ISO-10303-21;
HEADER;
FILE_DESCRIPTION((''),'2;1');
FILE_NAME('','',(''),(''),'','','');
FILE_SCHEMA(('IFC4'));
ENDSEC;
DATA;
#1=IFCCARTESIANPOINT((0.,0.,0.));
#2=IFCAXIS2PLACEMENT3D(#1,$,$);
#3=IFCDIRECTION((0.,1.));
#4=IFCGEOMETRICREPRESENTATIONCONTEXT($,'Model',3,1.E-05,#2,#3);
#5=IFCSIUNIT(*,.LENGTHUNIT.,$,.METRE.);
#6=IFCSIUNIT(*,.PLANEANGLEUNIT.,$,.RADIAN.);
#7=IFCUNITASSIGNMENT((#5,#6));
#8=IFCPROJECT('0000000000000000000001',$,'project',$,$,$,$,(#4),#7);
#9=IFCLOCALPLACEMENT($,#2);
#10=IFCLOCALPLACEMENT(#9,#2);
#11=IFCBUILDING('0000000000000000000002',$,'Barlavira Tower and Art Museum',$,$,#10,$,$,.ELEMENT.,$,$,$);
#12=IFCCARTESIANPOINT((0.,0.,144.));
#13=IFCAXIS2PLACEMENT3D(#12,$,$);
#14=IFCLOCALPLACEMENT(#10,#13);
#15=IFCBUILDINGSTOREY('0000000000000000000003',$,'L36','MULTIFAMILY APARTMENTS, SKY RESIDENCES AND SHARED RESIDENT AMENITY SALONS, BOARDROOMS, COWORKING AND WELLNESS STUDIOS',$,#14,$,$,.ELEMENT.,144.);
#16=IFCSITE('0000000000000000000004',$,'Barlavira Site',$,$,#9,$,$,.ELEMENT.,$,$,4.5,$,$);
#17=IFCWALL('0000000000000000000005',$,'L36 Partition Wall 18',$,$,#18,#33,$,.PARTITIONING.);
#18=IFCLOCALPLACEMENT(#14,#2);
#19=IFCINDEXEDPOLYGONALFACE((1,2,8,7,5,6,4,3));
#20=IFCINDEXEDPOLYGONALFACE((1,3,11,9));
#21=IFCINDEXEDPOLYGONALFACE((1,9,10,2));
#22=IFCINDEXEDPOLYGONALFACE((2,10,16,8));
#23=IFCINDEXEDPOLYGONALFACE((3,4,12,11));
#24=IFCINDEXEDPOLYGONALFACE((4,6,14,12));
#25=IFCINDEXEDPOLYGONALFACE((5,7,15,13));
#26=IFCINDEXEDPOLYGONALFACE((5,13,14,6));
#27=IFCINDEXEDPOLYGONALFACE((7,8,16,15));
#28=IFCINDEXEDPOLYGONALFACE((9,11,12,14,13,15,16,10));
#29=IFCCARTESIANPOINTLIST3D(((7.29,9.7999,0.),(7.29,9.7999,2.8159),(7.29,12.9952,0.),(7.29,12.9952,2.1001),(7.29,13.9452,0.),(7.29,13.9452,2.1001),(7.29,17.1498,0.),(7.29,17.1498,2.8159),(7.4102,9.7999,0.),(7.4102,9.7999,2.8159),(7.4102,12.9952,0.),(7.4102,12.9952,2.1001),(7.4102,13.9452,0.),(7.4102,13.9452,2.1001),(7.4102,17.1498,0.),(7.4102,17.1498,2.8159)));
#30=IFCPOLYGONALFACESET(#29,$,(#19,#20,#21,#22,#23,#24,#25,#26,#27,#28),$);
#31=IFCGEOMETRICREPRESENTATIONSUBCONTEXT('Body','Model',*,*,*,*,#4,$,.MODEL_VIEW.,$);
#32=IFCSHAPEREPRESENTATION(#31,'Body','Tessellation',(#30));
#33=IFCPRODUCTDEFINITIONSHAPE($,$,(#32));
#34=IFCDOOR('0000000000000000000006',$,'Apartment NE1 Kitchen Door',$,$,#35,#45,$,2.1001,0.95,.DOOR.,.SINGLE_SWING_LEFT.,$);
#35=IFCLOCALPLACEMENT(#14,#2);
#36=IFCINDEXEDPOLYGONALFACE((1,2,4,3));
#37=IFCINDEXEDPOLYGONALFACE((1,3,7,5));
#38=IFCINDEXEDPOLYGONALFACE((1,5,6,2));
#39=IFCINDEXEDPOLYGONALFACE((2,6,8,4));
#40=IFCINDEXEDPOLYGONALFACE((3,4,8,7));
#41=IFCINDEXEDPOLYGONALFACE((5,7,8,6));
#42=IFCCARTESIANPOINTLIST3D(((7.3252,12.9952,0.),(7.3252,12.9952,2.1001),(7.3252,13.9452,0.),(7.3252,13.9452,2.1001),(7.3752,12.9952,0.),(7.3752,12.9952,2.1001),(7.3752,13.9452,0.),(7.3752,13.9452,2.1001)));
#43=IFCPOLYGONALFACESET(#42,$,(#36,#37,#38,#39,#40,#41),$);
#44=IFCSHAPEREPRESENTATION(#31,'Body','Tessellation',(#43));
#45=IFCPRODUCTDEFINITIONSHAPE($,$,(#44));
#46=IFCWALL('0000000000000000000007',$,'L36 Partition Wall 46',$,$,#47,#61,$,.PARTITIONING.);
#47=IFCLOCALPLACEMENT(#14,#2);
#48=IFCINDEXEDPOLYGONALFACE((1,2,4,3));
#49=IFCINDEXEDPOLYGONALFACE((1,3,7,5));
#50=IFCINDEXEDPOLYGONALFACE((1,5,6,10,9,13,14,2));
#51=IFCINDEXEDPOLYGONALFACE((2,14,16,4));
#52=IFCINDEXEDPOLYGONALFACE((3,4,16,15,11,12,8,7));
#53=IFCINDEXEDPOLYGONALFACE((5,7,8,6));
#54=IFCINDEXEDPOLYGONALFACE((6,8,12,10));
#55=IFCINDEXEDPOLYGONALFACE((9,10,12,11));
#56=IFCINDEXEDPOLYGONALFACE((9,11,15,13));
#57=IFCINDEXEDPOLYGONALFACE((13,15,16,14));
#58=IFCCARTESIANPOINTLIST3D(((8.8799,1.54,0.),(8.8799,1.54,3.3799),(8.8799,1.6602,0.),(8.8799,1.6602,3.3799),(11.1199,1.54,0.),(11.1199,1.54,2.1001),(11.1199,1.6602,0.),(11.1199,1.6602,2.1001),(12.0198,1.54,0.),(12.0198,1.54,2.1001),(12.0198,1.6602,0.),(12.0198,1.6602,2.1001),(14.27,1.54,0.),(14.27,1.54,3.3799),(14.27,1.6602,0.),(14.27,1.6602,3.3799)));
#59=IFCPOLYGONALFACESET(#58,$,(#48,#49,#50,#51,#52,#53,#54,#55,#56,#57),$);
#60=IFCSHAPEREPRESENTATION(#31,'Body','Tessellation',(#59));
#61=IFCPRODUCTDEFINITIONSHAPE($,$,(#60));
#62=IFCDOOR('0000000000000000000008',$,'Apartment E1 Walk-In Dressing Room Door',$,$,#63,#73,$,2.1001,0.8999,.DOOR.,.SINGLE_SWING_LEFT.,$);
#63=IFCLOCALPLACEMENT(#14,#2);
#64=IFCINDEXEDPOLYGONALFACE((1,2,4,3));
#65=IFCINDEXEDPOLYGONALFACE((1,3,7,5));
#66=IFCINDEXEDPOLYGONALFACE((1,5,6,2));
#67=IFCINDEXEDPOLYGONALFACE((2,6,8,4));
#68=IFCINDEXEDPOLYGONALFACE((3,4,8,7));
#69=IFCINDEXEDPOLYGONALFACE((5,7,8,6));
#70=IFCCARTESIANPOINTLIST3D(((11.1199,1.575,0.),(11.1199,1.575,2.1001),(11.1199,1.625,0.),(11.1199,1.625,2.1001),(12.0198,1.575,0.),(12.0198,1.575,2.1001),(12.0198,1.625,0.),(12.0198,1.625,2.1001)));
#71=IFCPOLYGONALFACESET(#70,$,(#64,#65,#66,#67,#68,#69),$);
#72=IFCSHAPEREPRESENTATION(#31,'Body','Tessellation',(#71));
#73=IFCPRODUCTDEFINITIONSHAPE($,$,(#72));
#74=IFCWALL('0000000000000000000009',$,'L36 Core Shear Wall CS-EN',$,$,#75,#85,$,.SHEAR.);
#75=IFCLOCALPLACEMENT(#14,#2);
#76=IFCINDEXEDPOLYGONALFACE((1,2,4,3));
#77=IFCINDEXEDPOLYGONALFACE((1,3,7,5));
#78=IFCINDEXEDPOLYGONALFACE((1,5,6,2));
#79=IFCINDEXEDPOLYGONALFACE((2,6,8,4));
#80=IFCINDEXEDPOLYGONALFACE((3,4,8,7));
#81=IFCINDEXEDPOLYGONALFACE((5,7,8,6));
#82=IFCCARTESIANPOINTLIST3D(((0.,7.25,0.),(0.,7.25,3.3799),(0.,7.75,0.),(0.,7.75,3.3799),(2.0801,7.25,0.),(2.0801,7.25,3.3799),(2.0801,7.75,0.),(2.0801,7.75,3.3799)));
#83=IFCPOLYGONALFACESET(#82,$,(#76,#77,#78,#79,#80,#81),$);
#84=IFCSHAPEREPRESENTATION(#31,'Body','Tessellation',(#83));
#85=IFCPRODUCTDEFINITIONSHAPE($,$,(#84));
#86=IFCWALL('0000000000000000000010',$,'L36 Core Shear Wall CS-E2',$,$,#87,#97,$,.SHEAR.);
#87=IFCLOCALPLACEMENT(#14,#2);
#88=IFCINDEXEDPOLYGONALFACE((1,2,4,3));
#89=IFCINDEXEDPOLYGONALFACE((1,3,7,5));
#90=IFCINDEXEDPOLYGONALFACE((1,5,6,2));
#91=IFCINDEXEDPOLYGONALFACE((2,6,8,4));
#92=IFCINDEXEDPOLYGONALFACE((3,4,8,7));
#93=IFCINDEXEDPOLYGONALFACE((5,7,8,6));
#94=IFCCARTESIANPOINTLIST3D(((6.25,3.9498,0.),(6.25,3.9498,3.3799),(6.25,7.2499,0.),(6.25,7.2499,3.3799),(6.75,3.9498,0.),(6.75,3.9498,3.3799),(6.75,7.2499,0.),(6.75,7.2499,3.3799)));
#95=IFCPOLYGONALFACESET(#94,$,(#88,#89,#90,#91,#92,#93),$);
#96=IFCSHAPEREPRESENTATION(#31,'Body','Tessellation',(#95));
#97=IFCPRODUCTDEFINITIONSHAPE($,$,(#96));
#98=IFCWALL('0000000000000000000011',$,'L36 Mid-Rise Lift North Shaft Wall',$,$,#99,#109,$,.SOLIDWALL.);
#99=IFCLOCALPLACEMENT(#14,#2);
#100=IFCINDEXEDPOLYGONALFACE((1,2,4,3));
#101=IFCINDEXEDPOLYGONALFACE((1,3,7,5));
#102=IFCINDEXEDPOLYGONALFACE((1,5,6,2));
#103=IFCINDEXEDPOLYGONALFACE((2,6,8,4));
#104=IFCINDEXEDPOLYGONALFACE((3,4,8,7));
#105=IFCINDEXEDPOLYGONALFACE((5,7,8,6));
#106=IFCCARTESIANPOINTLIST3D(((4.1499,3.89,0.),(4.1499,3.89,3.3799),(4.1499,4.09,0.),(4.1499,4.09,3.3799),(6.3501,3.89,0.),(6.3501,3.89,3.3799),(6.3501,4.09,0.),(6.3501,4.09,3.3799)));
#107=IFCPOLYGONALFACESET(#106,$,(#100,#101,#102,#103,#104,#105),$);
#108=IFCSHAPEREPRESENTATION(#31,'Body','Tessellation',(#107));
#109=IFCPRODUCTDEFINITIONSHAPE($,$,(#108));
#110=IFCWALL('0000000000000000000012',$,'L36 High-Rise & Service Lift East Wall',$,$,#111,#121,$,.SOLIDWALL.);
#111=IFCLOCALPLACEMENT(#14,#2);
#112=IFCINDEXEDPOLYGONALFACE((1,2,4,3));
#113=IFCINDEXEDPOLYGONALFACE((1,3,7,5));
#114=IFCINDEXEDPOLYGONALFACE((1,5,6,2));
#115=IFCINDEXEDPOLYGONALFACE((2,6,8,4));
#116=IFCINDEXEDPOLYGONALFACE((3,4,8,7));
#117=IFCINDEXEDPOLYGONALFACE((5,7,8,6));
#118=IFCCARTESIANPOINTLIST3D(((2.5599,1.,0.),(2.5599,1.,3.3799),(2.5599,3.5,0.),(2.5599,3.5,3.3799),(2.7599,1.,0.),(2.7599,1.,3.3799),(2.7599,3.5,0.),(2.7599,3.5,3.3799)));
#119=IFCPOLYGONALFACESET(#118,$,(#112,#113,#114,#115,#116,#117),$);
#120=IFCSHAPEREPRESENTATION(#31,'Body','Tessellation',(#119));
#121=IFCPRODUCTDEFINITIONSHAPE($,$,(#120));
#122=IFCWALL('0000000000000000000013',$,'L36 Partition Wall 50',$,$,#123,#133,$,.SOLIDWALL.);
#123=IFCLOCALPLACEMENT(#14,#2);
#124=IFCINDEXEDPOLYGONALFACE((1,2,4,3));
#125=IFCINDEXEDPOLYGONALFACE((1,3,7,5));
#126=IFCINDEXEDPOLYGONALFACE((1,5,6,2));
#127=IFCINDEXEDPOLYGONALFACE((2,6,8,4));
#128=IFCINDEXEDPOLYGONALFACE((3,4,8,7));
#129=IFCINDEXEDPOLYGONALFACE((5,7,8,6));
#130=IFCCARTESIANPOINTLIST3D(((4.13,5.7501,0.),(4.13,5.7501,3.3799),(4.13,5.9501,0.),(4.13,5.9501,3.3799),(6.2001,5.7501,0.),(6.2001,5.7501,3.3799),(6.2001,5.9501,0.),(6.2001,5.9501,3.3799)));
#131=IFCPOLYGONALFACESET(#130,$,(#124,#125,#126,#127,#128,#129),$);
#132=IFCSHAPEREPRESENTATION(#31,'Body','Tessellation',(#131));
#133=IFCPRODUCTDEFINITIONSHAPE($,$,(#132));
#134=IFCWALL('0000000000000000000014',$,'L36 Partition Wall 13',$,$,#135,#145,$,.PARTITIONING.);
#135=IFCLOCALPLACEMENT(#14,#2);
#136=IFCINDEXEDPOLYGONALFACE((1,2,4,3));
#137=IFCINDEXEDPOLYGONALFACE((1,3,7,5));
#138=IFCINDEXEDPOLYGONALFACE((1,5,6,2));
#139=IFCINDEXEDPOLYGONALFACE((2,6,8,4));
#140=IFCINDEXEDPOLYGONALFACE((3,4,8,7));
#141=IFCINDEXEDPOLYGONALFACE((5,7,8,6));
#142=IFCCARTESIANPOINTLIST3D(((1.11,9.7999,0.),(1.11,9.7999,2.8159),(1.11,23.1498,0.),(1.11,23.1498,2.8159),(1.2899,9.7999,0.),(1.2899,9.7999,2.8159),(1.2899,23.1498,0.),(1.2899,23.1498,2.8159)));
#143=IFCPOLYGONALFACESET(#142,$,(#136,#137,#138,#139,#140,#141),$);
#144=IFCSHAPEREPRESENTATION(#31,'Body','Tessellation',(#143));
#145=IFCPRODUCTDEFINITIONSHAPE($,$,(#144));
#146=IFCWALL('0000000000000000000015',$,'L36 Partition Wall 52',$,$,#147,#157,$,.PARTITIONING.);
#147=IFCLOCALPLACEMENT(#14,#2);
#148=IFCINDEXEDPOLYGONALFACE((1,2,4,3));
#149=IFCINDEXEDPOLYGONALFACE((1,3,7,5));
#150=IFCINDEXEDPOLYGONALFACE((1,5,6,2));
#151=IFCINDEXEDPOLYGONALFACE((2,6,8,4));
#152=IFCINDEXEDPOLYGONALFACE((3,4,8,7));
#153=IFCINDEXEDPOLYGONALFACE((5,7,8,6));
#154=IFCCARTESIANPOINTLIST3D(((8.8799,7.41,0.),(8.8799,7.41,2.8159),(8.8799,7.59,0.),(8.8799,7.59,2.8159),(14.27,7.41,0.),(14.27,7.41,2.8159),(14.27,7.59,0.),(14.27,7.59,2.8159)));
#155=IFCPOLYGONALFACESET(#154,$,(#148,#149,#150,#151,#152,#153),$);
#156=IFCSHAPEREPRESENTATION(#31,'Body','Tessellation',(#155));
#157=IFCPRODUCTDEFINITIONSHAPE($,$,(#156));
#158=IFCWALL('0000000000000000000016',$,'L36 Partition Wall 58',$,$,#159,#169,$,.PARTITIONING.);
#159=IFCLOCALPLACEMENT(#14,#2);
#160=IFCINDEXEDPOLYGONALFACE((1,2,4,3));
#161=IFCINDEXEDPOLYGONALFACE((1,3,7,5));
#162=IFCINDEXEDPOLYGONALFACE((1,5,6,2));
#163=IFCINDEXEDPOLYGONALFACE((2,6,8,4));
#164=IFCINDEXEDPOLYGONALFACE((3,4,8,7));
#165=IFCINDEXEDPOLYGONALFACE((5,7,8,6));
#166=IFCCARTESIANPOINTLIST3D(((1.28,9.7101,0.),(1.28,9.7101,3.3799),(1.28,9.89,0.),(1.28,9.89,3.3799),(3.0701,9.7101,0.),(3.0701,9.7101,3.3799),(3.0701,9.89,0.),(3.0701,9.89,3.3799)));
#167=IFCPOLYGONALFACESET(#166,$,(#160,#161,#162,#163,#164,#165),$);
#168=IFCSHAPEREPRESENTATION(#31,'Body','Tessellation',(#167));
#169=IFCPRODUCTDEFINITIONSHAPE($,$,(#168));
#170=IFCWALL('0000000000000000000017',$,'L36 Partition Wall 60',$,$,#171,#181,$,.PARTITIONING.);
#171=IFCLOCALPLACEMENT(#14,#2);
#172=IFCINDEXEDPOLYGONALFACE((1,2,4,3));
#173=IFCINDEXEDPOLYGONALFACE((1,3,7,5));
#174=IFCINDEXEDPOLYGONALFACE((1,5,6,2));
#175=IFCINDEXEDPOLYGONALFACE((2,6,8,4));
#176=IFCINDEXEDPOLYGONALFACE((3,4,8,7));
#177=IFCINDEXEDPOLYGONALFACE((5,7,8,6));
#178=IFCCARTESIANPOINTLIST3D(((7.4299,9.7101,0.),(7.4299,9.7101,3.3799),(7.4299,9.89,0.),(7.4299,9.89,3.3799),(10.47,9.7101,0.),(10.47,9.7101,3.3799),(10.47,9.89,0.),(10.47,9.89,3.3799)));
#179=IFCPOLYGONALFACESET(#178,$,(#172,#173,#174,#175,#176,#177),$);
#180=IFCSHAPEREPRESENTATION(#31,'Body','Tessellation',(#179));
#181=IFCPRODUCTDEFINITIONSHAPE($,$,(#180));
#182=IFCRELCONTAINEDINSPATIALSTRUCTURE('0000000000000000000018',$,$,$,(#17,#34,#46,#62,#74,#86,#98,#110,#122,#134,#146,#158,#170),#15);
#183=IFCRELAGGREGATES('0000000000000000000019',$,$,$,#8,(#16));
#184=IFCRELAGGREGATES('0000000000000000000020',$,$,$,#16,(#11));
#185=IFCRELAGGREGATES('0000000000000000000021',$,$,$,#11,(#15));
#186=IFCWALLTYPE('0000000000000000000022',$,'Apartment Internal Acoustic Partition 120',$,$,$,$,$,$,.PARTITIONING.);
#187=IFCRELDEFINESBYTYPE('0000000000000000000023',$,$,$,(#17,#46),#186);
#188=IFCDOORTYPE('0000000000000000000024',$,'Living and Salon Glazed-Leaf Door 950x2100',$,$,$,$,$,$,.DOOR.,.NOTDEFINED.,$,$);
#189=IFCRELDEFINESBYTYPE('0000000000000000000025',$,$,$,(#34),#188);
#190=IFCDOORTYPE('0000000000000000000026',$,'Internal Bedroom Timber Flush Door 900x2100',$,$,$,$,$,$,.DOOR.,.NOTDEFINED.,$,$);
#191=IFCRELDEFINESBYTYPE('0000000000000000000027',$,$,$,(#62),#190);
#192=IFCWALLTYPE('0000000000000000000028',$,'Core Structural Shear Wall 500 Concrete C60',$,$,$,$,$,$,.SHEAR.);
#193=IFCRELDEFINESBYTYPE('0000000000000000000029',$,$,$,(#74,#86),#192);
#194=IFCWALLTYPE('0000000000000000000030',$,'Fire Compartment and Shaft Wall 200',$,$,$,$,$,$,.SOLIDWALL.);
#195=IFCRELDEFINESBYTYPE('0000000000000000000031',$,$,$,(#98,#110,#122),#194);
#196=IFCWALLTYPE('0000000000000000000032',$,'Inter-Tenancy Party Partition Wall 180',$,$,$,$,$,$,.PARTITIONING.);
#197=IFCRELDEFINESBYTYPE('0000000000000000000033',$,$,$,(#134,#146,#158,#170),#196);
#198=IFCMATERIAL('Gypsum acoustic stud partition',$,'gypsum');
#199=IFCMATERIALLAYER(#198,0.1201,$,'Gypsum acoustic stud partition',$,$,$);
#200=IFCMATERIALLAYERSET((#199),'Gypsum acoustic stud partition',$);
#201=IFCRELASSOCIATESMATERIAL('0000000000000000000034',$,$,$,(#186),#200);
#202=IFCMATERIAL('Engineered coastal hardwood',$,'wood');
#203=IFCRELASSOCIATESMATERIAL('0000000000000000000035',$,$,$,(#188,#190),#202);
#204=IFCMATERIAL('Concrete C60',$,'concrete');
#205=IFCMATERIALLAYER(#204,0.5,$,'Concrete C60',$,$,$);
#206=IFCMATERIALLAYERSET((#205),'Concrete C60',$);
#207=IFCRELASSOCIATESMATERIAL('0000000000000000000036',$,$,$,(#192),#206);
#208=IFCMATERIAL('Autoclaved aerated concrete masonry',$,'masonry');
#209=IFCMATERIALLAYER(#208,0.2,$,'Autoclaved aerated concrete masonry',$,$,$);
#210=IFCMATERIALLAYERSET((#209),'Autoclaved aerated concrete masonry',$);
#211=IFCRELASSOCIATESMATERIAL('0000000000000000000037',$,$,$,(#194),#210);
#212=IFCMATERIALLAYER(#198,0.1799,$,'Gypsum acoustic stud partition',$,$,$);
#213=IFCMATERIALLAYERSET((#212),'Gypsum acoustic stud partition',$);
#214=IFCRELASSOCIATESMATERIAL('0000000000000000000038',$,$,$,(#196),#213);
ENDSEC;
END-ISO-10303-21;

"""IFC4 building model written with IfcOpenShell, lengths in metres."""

from ifc_helpers import new_model, si_unit, direction, frame, frame_2d, origin, place, context, subcontext, project, spatial, rectangle, extrude, material, layer, layer_set, type_object, element, fill, save


model = new_model("IFC4")

# Units and contexts
model_context = context("Model", 3, precision=1e-05, world=origin(), true_north=direction((0.0, 1.0)))
body_context = subcontext(model_context, "Body", "Model", "MODEL_VIEW")
ifc_project = project(units=[si_unit("LENGTHUNIT", "METRE"), si_unit("PLANEANGLEUNIT", "RADIAN")], contexts=[model_context])

# Site, building, storey
site_placement = place(None, origin())
site = spatial("IfcSite", under=ifc_project, at=site_placement, Name="Barlavira Site", CompositionType="ELEMENT", RefElevation=4.5)
building_placement = place(site_placement, origin())
building = spatial("IfcBuilding", under=site, at=building_placement, Name="Barlavira Tower and Art Museum", CompositionType="ELEMENT")
storey_placement = place(building_placement, frame((0.0, 0.0, 144.0)))
storey = spatial("IfcBuildingStorey", under=building, at=storey_placement, Name="L36", Description="MULTIFAMILY APARTMENTS, SKY RESIDENCES AND SHARED RESIDENT AMENITY SALONS, BOARDROOMS, COWORKING AND WELLNESS STUDIOS", CompositionType="ELEMENT", Elevation=144.0)

# Walls, openings, doors
ifc_material_1 = material(Name="Gypsum acoustic stud partition", Category="gypsum")
ifc_layer_1 = layer(ifc_material_1, 0.1201, Name="Gypsum acoustic stud partition")
ifc_layer_set_1 = layer_set([ifc_layer_1], Name="Gypsum acoustic stud partition")
wall_type_1 = type_object("IfcWallType", Name="Apartment Internal Acoustic Partition 120", PredefinedType="PARTITIONING", material=ifc_layer_set_1)
wall_1_placement = place(storey_placement, frame((7.3501, 9.8, 0.0), z_axis=(0.0, 0.0, 1.0), x_axis=(0.0, 1.0, 0.0)))
wall_1 = element("IfcWall", 1, at=wall_1_placement, inside=storey, type_object=wall_type_1, Name="L36 Partition Wall 18", PredefinedType="PARTITIONING", context=body_context, shape_type="SweptSolid", body=[
    extrude(rectangle(XDim=7.3499, YDim=0.1201, at=frame_2d((3.6748, 0.0))), origin(), (0.0, 0.0, 1.0), 2.8159),
])
opening_1_placement = place(wall_1_placement, frame((3.1951, 0.0, 0.0)))
opening_1 = element("IfcOpeningElement", 2, at=opening_1_placement, cuts=wall_1, PredefinedType="OPENING", context=body_context, shape_type="SweptSolid", body=[
    extrude(rectangle(XDim=0.95, YDim=2.1001, at=frame_2d((0.4751, 1.05))), frame((0.0, 0.0701, 0.0), z_axis=(0.0, -1.0, 0.0), x_axis=(1.0, 0.0, 0.0)), (0.0, 0.0, 1.0), 0.1401),
])
ifc_material_2 = material(Name="Engineered coastal hardwood", Category="wood")
door_type_1 = type_object("IfcDoorType", Name="Living and Salon Glazed-Leaf Door 950x2100", OperationType="NOTDEFINED", PredefinedType="DOOR", material=ifc_material_2)
door_1_placement = place(opening_1_placement, origin())
door_1 = element("IfcDoor", 3, at=door_1_placement, inside=storey, type_object=door_type_1, Name="Apartment NE1 Kitchen Door", OperationType="SINGLE_SWING_LEFT", OverallHeight=2.1001, OverallWidth=0.95, PredefinedType="DOOR", context=body_context, shape_type="SweptSolid", body=[
    extrude(rectangle(XDim=0.95, YDim=2.1001, at=frame_2d((0.4751, 1.05))), frame((0.0, 0.0249, 0.0), z_axis=(0.0, -1.0, 0.0), x_axis=(1.0, 0.0, 0.0)), (0.0, 0.0, 1.0), 0.05),
])
fill(opening_1, door_1)
wall_2_placement = place(storey_placement, frame((8.8799, 1.6001, 0.0), z_axis=(0.0, 0.0, 1.0), x_axis=(1.0, 0.0, 0.0)))
wall_2 = element("IfcWall", 4, at=wall_2_placement, inside=storey, type_object=wall_type_1, Name="L36 Partition Wall 46", PredefinedType="PARTITIONING", context=body_context, shape_type="SweptSolid", body=[
    extrude(rectangle(XDim=5.3901, YDim=0.1201, at=frame_2d((2.6951, 0.0))), origin(), (0.0, 0.0, 1.0), 3.3799),
])
opening_2_placement = place(wall_2_placement, frame((2.24, 0.0, 0.0)))
opening_2 = element("IfcOpeningElement", 5, at=opening_2_placement, cuts=wall_2, PredefinedType="OPENING", context=body_context, shape_type="SweptSolid", body=[
    extrude(rectangle(XDim=0.8999, YDim=2.1001, at=frame_2d((0.45, 1.05))), frame((0.0, 0.0701, 0.0), z_axis=(0.0, -1.0, 0.0), x_axis=(1.0, 0.0, 0.0)), (0.0, 0.0, 1.0), 0.1401),
])
door_type_2 = type_object("IfcDoorType", Name="Internal Bedroom Timber Flush Door 900x2100", OperationType="NOTDEFINED", PredefinedType="DOOR", material=ifc_material_2)
door_2_placement = place(opening_2_placement, origin())
door_2 = element("IfcDoor", 6, at=door_2_placement, inside=storey, type_object=door_type_2, Name="Apartment E1 Walk-In Dressing Room Door", OperationType="SINGLE_SWING_LEFT", OverallHeight=2.1001, OverallWidth=0.8999, PredefinedType="DOOR", context=body_context, shape_type="SweptSolid", body=[
    extrude(rectangle(XDim=0.8999, YDim=2.1001, at=frame_2d((0.45, 1.05))), frame((0.0, 0.0249, 0.0), z_axis=(0.0, -1.0, 0.0), x_axis=(1.0, 0.0, 0.0)), (0.0, 0.0, 1.0), 0.05),
])
fill(opening_2, door_2)

# Walls
ifc_material_3 = material(Name="Concrete C60", Category="concrete")
ifc_layer_2 = layer(ifc_material_3, 0.5, Name="Concrete C60")
ifc_layer_set_2 = layer_set([ifc_layer_2], Name="Concrete C60")
wall_type_2 = type_object("IfcWallType", Name="Core Structural Shear Wall 500 Concrete C60", PredefinedType="SHEAR", material=ifc_layer_set_2)
wall_3_placement = place(storey_placement, frame((0.0, 7.5, 0.0), z_axis=(0.0, 0.0, 1.0), x_axis=(1.0, 0.0, 0.0)))
element("IfcWall", 7, at=wall_3_placement, inside=storey, type_object=wall_type_2, Name="L36 Core Shear Wall CS-EN", PredefinedType="SHEAR", context=body_context, shape_type="SweptSolid", body=[
    extrude(rectangle(XDim=2.0801, YDim=0.5, at=frame_2d((1.04, 0.0))), origin(), (0.0, 0.0, 1.0), 3.3799),
])
wall_4_placement = place(storey_placement, frame((6.5, 3.95, 0.0), z_axis=(0.0, 0.0, 1.0), x_axis=(0.0, 1.0, 0.0)))
element("IfcWall", 8, at=wall_4_placement, inside=storey, type_object=wall_type_2, Name="L36 Core Shear Wall CS-E2", PredefinedType="SHEAR", context=body_context, shape_type="SweptSolid", body=[
    extrude(rectangle(XDim=3.3, YDim=0.5, at=frame_2d((1.6499, 0.0))), origin(), (0.0, 0.0, 1.0), 3.3799),
])
ifc_material_4 = material(Name="Autoclaved aerated concrete masonry", Category="masonry")
ifc_layer_3 = layer(ifc_material_4, 0.2, Name="Autoclaved aerated concrete masonry")
ifc_layer_set_3 = layer_set([ifc_layer_3], Name="Autoclaved aerated concrete masonry")
wall_type_3 = type_object("IfcWallType", Name="Fire Compartment and Shaft Wall 200", PredefinedType="SOLIDWALL", material=ifc_layer_set_3)
wall_5_placement = place(storey_placement, frame((4.1499, 3.99, 0.0), z_axis=(0.0, 0.0, 1.0), x_axis=(1.0, 0.0, 0.0)))
element("IfcWall", 9, at=wall_5_placement, inside=storey, type_object=wall_type_3, Name="L36 Mid-Rise Lift North Shaft Wall", PredefinedType="SOLIDWALL", context=body_context, shape_type="SweptSolid", body=[
    extrude(rectangle(XDim=2.2002, YDim=0.2, at=frame_2d((1.1001, 0.0))), origin(), (0.0, 0.0, 1.0), 3.3799),
])
wall_6_placement = place(storey_placement, frame((2.6599, 1.0, 0.0), z_axis=(0.0, 0.0, 1.0), x_axis=(0.0, 1.0, 0.0)))
element("IfcWall", 10, at=wall_6_placement, inside=storey, type_object=wall_type_3, Name="L36 High-Rise & Service Lift East Wall", PredefinedType="SOLIDWALL", context=body_context, shape_type="SweptSolid", body=[
    extrude(rectangle(XDim=2.5, YDim=0.2, at=frame_2d((1.25, 0.0))), origin(), (0.0, 0.0, 1.0), 3.3799),
])

# Walls
wall_7_placement = place(storey_placement, frame((4.1299, 5.8501, 0.0), z_axis=(0.0, 0.0, 1.0), x_axis=(1.0, 0.0, 0.0)))
element("IfcWall", 11, at=wall_7_placement, inside=storey, type_object=wall_type_3, Name="L36 Partition Wall 50", PredefinedType="SOLIDWALL", context=body_context, shape_type="SweptSolid", body=[
    extrude(rectangle(XDim=2.0701, YDim=0.2, at=frame_2d((1.0352, 0.0))), origin(), (0.0, 0.0, 1.0), 3.3799),
])
ifc_layer_4 = layer(ifc_material_1, 0.1799, Name="Gypsum acoustic stud partition")
ifc_layer_set_4 = layer_set([ifc_layer_4], Name="Gypsum acoustic stud partition")
wall_type_4 = type_object("IfcWallType", Name="Inter-Tenancy Party Partition Wall 180", PredefinedType="PARTITIONING", material=ifc_layer_set_4)
wall_8_placement = place(storey_placement, frame((1.2, 9.8, 0.0), z_axis=(0.0, 0.0, 1.0), x_axis=(0.0, 1.0, 0.0)))
element("IfcWall", 12, at=wall_8_placement, inside=storey, type_object=wall_type_4, Name="L36 Partition Wall 13", PredefinedType="PARTITIONING", context=body_context, shape_type="SweptSolid", body=[
    extrude(rectangle(XDim=13.3499, YDim=0.1799, at=frame_2d((6.6748, 0.0))), origin(), (0.0, 0.0, 1.0), 2.8159),
])
wall_9_placement = place(storey_placement, frame((8.8799, 7.5, 0.0), z_axis=(0.0, 0.0, 1.0), x_axis=(1.0, 0.0, 0.0)))
element("IfcWall", 13, at=wall_9_placement, inside=storey, type_object=wall_type_4, Name="L36 Partition Wall 52", PredefinedType="PARTITIONING", context=body_context, shape_type="SweptSolid", body=[
    extrude(rectangle(XDim=5.3901, YDim=0.1799, at=frame_2d((2.6951, 0.0))), origin(), (0.0, 0.0, 1.0), 2.8159),
])
wall_10_placement = place(storey_placement, frame((1.28, 9.8, 0.0), z_axis=(0.0, 0.0, 1.0), x_axis=(1.0, 0.0, 0.0)))
element("IfcWall", 14, at=wall_10_placement, inside=storey, type_object=wall_type_4, Name="L36 Partition Wall 58", PredefinedType="PARTITIONING", context=body_context, shape_type="SweptSolid", body=[
    extrude(rectangle(XDim=1.79, YDim=0.1799, at=frame_2d((0.895, 0.0))), origin(), (0.0, 0.0, 1.0), 3.3799),
])

# Wall
wall_11_placement = place(storey_placement, frame((7.4299, 9.8, 0.0), z_axis=(0.0, 0.0, 1.0), x_axis=(1.0, 0.0, 0.0)))
element("IfcWall", 15, at=wall_11_placement, inside=storey, type_object=wall_type_4, Name="L36 Partition Wall 60", PredefinedType="PARTITIONING", context=body_context, shape_type="SweptSolid", body=[
    extrude(rectangle(XDim=3.04, YDim=0.1799, at=frame_2d((1.52, 0.0))), origin(), (0.0, 0.0, 1.0), 3.3799),
])

save(model, "model.ifc")
